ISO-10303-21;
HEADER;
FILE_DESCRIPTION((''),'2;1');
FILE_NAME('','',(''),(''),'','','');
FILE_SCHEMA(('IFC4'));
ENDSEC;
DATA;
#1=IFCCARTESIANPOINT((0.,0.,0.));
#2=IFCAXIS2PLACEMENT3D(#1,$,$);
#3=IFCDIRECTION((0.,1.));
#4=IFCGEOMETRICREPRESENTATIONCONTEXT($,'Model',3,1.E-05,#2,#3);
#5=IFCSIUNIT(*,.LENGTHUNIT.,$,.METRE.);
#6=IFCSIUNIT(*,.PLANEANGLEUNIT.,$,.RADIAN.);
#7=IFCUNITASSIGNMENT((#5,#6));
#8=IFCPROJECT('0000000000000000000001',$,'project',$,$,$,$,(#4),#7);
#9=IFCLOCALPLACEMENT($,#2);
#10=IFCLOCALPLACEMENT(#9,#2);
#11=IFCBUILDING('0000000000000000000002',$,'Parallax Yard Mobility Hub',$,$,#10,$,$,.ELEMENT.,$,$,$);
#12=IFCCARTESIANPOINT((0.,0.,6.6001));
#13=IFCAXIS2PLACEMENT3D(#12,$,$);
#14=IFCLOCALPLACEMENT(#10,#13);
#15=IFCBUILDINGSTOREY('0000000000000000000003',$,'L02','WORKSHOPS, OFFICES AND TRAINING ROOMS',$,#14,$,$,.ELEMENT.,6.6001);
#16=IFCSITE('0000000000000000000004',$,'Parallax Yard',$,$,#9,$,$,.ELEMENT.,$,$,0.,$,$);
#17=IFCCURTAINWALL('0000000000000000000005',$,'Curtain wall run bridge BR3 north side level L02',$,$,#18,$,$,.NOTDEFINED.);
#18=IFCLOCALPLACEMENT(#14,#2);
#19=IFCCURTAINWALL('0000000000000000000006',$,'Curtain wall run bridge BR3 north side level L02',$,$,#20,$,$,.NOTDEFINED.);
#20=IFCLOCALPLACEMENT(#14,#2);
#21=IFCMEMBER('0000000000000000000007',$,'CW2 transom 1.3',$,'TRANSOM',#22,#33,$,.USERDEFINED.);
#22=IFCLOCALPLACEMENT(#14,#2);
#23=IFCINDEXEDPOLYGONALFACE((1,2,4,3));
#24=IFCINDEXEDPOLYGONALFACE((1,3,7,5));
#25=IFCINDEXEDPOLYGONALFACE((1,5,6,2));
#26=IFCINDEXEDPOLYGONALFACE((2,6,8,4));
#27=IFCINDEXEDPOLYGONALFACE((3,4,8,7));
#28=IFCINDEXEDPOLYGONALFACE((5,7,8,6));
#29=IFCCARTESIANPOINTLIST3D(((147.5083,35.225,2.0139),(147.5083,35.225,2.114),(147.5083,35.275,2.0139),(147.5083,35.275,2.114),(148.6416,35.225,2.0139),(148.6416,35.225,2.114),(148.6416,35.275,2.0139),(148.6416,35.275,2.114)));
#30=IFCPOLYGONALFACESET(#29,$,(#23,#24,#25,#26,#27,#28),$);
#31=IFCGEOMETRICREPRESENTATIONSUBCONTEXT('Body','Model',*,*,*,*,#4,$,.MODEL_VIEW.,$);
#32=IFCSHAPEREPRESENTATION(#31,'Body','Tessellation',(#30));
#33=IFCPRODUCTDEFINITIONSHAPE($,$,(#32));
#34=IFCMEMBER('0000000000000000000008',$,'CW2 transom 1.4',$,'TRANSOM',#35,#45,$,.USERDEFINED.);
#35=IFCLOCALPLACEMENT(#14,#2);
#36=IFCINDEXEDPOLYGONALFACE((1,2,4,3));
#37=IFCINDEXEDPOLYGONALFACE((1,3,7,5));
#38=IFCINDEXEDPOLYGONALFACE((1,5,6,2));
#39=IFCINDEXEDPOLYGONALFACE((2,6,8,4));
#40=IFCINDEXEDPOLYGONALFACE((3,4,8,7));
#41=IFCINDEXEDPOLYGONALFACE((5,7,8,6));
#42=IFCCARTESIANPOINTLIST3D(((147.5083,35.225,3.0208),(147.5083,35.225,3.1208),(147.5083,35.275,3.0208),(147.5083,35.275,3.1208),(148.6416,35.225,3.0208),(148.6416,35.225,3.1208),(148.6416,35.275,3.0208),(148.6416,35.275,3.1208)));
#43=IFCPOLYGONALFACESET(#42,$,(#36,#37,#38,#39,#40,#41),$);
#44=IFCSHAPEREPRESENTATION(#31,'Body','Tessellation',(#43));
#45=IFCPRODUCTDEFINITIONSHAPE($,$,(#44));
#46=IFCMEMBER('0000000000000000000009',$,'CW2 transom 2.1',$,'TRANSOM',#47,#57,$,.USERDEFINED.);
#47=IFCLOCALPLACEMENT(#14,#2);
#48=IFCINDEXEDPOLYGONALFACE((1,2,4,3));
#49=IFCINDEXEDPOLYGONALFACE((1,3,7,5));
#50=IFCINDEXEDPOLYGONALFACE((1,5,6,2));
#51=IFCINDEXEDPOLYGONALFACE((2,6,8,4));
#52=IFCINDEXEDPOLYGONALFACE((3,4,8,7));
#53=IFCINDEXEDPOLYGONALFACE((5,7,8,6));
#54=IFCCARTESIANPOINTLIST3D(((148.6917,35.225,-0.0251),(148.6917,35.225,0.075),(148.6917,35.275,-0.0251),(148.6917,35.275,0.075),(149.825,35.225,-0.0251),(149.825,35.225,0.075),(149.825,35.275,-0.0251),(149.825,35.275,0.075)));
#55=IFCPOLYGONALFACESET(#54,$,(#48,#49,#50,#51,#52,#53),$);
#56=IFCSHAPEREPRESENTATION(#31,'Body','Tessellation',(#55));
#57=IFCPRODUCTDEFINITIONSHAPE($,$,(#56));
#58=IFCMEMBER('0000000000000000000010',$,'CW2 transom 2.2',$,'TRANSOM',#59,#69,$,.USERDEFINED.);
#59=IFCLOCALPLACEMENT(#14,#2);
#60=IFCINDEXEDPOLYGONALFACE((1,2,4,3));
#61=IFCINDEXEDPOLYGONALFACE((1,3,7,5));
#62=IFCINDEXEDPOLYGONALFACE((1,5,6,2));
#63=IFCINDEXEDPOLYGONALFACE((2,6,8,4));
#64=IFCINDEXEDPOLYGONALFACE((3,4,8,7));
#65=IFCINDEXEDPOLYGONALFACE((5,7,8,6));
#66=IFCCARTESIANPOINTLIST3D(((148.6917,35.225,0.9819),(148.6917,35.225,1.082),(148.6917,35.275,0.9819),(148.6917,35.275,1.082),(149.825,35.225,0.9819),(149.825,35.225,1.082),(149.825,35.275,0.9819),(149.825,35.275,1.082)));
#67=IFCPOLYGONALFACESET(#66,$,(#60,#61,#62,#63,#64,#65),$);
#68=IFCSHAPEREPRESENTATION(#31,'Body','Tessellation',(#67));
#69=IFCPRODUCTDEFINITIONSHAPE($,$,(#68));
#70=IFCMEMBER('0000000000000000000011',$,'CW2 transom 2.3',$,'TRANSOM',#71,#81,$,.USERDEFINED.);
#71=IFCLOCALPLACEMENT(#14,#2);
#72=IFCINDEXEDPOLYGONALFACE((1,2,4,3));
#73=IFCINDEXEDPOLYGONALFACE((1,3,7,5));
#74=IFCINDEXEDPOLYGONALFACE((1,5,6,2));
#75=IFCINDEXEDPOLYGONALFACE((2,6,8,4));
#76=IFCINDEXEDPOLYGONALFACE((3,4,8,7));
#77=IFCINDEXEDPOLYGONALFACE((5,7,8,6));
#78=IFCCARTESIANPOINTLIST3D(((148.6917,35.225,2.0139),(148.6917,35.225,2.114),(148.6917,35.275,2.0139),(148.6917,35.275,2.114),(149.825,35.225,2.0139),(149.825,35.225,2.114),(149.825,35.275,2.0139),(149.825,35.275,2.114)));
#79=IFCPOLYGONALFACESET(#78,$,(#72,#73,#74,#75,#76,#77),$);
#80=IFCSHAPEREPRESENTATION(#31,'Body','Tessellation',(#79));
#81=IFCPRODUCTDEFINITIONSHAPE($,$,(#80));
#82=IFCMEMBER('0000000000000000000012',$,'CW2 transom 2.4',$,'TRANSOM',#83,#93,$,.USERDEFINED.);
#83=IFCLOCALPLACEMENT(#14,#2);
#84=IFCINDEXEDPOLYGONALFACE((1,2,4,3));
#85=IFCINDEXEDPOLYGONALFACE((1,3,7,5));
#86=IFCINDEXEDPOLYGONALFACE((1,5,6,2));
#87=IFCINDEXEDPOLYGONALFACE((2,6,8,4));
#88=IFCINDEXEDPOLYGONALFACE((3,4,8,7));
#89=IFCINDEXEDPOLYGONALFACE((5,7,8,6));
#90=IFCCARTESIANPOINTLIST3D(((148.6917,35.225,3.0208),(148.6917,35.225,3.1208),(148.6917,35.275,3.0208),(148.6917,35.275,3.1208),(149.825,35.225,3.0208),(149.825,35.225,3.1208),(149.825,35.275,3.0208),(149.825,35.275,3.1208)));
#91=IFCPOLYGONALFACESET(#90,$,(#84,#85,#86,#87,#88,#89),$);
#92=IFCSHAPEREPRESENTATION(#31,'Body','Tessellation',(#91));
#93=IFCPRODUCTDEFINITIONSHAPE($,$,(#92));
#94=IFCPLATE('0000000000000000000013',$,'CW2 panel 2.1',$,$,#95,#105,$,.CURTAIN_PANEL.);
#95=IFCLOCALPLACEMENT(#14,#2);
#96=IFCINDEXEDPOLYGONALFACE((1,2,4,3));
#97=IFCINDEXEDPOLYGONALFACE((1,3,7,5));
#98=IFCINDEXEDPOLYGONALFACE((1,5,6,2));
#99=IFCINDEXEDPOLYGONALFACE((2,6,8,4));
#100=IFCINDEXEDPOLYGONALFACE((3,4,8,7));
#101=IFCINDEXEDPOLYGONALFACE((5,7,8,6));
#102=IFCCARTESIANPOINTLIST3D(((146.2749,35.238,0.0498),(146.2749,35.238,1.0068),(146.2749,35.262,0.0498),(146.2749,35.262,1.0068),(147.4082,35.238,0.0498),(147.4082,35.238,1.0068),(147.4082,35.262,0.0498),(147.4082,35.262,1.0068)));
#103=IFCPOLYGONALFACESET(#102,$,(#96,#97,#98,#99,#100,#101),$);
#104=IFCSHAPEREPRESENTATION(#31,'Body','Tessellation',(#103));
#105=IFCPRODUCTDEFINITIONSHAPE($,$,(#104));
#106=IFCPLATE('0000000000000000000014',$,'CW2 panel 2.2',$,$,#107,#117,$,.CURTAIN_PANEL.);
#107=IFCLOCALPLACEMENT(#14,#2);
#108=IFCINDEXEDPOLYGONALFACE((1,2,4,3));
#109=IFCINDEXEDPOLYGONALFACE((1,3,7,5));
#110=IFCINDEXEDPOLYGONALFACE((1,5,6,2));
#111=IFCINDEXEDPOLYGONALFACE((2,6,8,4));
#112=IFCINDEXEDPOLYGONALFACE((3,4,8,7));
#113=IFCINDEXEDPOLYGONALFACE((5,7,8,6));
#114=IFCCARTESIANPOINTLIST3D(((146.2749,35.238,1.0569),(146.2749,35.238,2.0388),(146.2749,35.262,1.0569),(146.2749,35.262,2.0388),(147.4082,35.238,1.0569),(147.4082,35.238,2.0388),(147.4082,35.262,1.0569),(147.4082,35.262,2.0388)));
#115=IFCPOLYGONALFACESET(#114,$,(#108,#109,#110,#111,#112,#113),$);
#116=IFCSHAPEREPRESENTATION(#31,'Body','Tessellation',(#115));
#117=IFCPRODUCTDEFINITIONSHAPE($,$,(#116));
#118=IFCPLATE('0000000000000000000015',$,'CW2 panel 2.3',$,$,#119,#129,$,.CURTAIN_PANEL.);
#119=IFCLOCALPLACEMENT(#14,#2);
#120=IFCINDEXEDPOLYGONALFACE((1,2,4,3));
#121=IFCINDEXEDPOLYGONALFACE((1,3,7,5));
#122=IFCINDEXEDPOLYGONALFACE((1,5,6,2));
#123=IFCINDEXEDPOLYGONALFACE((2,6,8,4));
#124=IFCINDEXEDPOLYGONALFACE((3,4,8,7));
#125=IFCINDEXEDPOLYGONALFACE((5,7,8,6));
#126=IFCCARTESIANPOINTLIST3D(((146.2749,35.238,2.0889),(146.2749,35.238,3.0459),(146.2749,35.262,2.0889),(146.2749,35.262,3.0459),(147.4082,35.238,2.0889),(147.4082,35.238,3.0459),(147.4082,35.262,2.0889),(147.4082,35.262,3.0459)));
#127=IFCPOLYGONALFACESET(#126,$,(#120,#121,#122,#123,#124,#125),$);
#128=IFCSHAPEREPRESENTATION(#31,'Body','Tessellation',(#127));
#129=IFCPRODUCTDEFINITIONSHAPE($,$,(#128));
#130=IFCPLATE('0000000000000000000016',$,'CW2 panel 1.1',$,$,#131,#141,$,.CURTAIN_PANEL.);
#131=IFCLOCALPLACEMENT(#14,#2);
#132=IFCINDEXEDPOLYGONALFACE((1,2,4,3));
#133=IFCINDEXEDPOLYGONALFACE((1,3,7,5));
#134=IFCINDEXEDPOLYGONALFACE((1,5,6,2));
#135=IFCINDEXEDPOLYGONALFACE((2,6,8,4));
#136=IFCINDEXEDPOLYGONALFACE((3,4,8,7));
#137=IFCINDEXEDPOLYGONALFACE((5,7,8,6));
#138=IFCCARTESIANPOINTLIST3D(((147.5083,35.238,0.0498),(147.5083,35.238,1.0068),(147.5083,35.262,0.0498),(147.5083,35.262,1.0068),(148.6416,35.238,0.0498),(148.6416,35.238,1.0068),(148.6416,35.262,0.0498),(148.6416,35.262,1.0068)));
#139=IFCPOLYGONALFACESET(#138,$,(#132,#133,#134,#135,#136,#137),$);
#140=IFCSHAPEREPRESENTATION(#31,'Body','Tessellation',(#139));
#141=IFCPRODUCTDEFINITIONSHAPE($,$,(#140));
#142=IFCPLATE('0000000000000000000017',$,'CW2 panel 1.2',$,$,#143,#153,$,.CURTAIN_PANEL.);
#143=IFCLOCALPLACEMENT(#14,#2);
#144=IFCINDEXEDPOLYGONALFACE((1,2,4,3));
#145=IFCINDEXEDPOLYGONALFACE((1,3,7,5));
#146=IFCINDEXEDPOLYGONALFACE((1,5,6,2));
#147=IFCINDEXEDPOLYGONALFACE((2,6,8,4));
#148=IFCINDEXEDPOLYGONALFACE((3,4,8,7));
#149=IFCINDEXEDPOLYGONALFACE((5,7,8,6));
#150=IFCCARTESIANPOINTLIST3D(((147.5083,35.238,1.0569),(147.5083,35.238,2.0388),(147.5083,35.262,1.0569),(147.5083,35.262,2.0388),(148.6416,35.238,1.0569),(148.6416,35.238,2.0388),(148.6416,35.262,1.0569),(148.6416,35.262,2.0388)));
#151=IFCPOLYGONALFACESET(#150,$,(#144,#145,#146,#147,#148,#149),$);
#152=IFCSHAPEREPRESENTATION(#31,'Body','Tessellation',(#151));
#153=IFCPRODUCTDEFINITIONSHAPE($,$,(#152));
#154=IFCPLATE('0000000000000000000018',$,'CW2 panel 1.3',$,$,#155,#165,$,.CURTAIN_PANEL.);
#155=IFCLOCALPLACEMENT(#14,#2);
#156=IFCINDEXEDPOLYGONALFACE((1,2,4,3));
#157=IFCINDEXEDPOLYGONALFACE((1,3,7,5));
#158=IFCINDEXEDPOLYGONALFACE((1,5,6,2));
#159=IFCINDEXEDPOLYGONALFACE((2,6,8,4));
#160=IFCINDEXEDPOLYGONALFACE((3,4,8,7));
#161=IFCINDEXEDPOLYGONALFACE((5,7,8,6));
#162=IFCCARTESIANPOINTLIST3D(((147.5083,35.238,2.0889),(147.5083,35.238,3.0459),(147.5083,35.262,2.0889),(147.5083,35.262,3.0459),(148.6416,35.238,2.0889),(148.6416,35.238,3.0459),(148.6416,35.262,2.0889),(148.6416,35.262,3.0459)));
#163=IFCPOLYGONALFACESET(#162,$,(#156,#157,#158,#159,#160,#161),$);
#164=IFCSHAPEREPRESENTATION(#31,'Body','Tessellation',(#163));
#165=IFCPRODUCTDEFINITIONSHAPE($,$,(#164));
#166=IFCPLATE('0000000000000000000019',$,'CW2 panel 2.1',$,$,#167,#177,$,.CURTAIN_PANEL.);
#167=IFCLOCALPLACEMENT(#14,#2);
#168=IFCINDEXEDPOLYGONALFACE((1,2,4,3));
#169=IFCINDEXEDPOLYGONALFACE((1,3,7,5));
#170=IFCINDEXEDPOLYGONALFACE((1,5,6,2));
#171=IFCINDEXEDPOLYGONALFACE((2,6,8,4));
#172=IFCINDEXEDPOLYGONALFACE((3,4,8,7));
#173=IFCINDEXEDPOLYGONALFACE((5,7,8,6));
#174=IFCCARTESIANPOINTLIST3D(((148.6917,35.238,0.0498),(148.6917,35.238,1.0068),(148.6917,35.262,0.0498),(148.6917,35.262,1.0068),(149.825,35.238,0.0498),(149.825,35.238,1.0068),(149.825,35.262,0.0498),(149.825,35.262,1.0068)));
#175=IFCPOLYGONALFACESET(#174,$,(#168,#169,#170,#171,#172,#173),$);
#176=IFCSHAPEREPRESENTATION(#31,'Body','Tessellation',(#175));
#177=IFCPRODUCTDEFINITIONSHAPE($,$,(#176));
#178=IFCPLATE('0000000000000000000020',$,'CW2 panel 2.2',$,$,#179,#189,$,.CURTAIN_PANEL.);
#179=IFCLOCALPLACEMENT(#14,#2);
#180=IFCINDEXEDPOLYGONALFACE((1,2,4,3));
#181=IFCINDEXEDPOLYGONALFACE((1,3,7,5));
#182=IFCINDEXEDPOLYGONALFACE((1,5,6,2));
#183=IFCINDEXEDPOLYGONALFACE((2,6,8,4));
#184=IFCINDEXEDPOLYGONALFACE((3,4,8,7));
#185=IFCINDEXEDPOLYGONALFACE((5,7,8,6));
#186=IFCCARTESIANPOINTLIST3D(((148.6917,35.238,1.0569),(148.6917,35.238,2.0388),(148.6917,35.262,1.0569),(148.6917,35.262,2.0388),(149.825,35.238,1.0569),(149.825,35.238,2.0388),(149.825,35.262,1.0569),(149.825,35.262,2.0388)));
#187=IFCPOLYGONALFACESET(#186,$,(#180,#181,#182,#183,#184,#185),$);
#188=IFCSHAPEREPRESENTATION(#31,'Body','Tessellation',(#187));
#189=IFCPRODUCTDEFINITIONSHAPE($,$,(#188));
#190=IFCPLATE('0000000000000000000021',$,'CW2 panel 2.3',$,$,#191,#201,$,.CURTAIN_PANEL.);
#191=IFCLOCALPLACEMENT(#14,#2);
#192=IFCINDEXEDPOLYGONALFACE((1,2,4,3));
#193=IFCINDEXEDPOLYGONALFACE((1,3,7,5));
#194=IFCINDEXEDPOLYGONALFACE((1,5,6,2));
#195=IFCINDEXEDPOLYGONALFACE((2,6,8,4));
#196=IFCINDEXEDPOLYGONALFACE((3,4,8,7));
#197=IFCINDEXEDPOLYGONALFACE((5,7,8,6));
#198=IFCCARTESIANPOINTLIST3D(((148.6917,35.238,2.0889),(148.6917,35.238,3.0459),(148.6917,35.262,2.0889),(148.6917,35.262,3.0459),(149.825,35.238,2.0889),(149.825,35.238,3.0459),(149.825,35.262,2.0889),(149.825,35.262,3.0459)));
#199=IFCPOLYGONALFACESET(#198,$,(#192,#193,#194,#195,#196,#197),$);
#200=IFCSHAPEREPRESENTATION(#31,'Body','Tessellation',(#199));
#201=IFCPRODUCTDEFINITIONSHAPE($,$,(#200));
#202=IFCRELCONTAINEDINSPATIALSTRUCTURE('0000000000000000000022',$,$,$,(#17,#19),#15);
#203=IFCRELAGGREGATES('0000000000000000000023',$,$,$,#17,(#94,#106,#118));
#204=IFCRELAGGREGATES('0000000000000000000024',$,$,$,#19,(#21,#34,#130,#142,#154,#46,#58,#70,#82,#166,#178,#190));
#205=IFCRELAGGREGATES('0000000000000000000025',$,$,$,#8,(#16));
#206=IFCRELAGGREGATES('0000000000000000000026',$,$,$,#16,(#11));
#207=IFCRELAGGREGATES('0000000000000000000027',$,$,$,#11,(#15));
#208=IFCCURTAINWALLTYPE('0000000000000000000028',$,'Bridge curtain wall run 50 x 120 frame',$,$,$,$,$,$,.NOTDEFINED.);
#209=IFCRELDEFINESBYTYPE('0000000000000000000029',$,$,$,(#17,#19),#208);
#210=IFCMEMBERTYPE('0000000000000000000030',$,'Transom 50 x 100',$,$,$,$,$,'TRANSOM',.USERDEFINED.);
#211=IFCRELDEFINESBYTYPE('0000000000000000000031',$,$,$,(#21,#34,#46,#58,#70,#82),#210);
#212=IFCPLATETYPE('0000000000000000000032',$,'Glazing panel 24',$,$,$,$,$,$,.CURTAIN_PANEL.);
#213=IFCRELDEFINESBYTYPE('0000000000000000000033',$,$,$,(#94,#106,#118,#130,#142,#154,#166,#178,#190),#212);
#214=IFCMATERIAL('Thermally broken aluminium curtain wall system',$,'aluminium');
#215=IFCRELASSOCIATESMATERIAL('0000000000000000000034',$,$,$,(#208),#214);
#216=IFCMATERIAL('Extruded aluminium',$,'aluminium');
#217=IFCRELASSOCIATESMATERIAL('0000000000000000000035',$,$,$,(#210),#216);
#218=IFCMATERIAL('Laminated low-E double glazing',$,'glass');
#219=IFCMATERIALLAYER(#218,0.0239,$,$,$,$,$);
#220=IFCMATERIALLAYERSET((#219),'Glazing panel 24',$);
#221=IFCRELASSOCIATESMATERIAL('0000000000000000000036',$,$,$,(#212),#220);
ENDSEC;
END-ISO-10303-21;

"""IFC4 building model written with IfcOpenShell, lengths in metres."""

from ifc_helpers import new_model, si_unit, direction, frame, origin, origin_2d, place, context, subcontext, project, spatial, rectangle, extrude, material, layer, layer_set, material_profile, profile_set, type_object, element, aggregate, save


model = new_model("IFC4")

# Units and contexts
model_context = context("Model", 3, precision=1e-05, world=origin(), true_north=direction((0.0, 1.0)))
body_context = subcontext(model_context, "Body", "Model", "MODEL_VIEW")
ifc_project = project(units=[si_unit("LENGTHUNIT", "METRE"), si_unit("PLANEANGLEUNIT", "RADIAN")], contexts=[model_context])

# Site, building, storey
site_placement = place(None, origin())
site = spatial("IfcSite", under=ifc_project, at=site_placement, Name="Parallax Yard", CompositionType="ELEMENT", RefElevation=0.0)
building_placement = place(site_placement, origin())
building = spatial("IfcBuilding", under=site, at=building_placement, Name="Parallax Yard Mobility Hub", CompositionType="ELEMENT")
storey_placement = place(building_placement, frame((0.0, 0.0, 6.6001)))
storey = spatial("IfcBuildingStorey", under=building, at=storey_placement, Name="L02", Description="WORKSHOPS, OFFICES AND TRAINING ROOMS", CompositionType="ELEMENT", Elevation=6.6001)

# Curtain walls
ifc_material_1 = material(Name="Thermally broken aluminium curtain wall system", Category="aluminium")
curtain_wall_type_1 = type_object("IfcCurtainWallType", Name="Bridge curtain wall run 50 x 120 frame", PredefinedType="NOTDEFINED", material=ifc_material_1)
curtain_wall_1_placement = place(storey_placement, origin())
curtain_wall_1 = element("IfcCurtainWall", 1, at=curtain_wall_1_placement, inside=storey, type_object=curtain_wall_type_1, Name="Curtain wall run bridge BR3 north side level L02", PredefinedType="NOTDEFINED")
ifc_material_2 = material(Name="Extruded aluminium", Category="aluminium")
curtain_wall_2_placement = place(storey_placement, origin())
curtain_wall_2 = element("IfcCurtainWall", 2, at=curtain_wall_2_placement, inside=storey, type_object=curtain_wall_type_1, Name="Curtain wall run bridge BR3 north side level L02", PredefinedType="NOTDEFINED")

# Members
ifc_material_profile_1 = material_profile(ifc_material_2, rectangle(XDim=0.05, YDim=0.1001, at=origin_2d()), Name="Transom 50 x 100")
ifc_profile_set_1 = profile_set([ifc_material_profile_1], Name="Extruded aluminium")
member_type_1 = type_object("IfcMemberType", Name="Transom 50 x 100", ElementType="TRANSOM", PredefinedType="USERDEFINED", material=ifc_profile_set_1)
member_1_placement = place(storey_placement, frame((147.5083, 35.25, 2.064), z_axis=(1.0, 0.0, 0.0), x_axis=(0.0, 1.0, 0.0)))
member_1 = element("IfcMember", 3, at=member_1_placement, type_object=member_type_1, Name="CW2 transom 1.3", ObjectType="TRANSOM", PredefinedType="USERDEFINED", context=body_context, shape_type="SweptSolid", body=[
    extrude(rectangle(XDim=0.05, YDim=0.1001, at=origin_2d()), origin(), (0.0, 0.0, 1.0), 1.1333),
])
member_2_placement = place(storey_placement, frame((147.5083, 35.25, 3.0708), z_axis=(1.0, 0.0, 0.0), x_axis=(0.0, 1.0, 0.0)))
member_2 = element("IfcMember", 4, at=member_2_placement, type_object=member_type_1, Name="CW2 transom 1.4", ObjectType="TRANSOM", PredefinedType="USERDEFINED", context=body_context, shape_type="SweptSolid", body=[
    extrude(rectangle(XDim=0.05, YDim=0.1001, at=origin_2d()), origin(), (0.0, 0.0, 1.0), 1.1333),
])
member_3_placement = place(storey_placement, frame((148.6917, 35.25, 0.0249), z_axis=(1.0, 0.0, 0.0), x_axis=(0.0, 1.0, 0.0)))
member_3 = element("IfcMember", 5, at=member_3_placement, type_object=member_type_1, Name="CW2 transom 2.1", ObjectType="TRANSOM", PredefinedType="USERDEFINED", context=body_context, shape_type="SweptSolid", body=[
    extrude(rectangle(XDim=0.05, YDim=0.1001, at=origin_2d()), origin(), (0.0, 0.0, 1.0), 1.1333),
])
member_4_placement = place(storey_placement, frame((148.6917, 35.25, 1.032), z_axis=(1.0, 0.0, 0.0), x_axis=(0.0, 1.0, 0.0)))
member_4 = element("IfcMember", 6, at=member_4_placement, type_object=member_type_1, Name="CW2 transom 2.2", ObjectType="TRANSOM", PredefinedType="USERDEFINED", context=body_context, shape_type="SweptSolid", body=[
    extrude(rectangle(XDim=0.05, YDim=0.1001, at=origin_2d()), origin(), (0.0, 0.0, 1.0), 1.1333),
])
member_5_placement = place(storey_placement, frame((148.6917, 35.25, 2.064), z_axis=(1.0, 0.0, 0.0), x_axis=(0.0, 1.0, 0.0)))
member_5 = element("IfcMember", 7, at=member_5_placement, type_object=member_type_1, Name="CW2 transom 2.3", ObjectType="TRANSOM", PredefinedType="USERDEFINED", context=body_context, shape_type="SweptSolid", body=[
    extrude(rectangle(XDim=0.05, YDim=0.1001, at=origin_2d()), origin(), (0.0, 0.0, 1.0), 1.1333),
])
member_6_placement = place(storey_placement, frame((148.6917, 35.25, 3.0708), z_axis=(1.0, 0.0, 0.0), x_axis=(0.0, 1.0, 0.0)))
member_6 = element("IfcMember", 8, at=member_6_placement, type_object=member_type_1, Name="CW2 transom 2.4", ObjectType="TRANSOM", PredefinedType="USERDEFINED", context=body_context, shape_type="SweptSolid", body=[
    extrude(rectangle(XDim=0.05, YDim=0.1001, at=origin_2d()), origin(), (0.0, 0.0, 1.0), 1.1333),
])

# Plates
ifc_material_3 = material(Name="Laminated low-E double glazing", Category="glass")
ifc_layer_1 = layer(ifc_material_3, 0.0239)
ifc_layer_set_1 = layer_set([ifc_layer_1], Name="Glazing panel 24")
plate_type = type_object("IfcPlateType", Name="Glazing panel 24", PredefinedType="CURTAIN_PANEL", material=ifc_layer_set_1)
plate_1_placement = place(storey_placement, frame((146.8416, 35.25, 0.0498), z_axis=(0.0, 0.0, 1.0), x_axis=(1.0, 0.0, 0.0)))
plate_1 = element("IfcPlate", 9, at=plate_1_placement, type_object=plate_type, Name="CW2 panel 2.1", PredefinedType="CURTAIN_PANEL", context=body_context, shape_type="SweptSolid", body=[
    extrude(rectangle(XDim=1.1333, YDim=0.0239, at=origin_2d()), origin(), (0.0, 0.0, 1.0), 0.957),
])
plate_2_placement = place(storey_placement, frame((146.8416, 35.25, 1.0569), z_axis=(0.0, 0.0, 1.0), x_axis=(1.0, 0.0, 0.0)))
plate_2 = element("IfcPlate", 10, at=plate_2_placement, type_object=plate_type, Name="CW2 panel 2.2", PredefinedType="CURTAIN_PANEL", context=body_context, shape_type="SweptSolid", body=[
    extrude(rectangle(XDim=1.1333, YDim=0.0239, at=origin_2d()), origin(), (0.0, 0.0, 1.0), 0.9819),
])
plate_3_placement = place(storey_placement, frame((146.8416, 35.25, 2.0889), z_axis=(0.0, 0.0, 1.0), x_axis=(1.0, 0.0, 0.0)))
plate_3 = element("IfcPlate", 11, at=plate_3_placement, type_object=plate_type, Name="CW2 panel 2.3", PredefinedType="CURTAIN_PANEL", context=body_context, shape_type="SweptSolid", body=[
    extrude(rectangle(XDim=1.1333, YDim=0.0239, at=origin_2d()), origin(), (0.0, 0.0, 1.0), 0.957),
])
aggregate(curtain_wall_1, [plate_1, plate_2, plate_3])
plate_4_placement = place(storey_placement, frame((148.075, 35.25, 0.0498), z_axis=(0.0, 0.0, 1.0), x_axis=(1.0, 0.0, 0.0)))
plate_4 = element("IfcPlate", 12, at=plate_4_placement, type_object=plate_type, Name="CW2 panel 1.1", PredefinedType="CURTAIN_PANEL", context=body_context, shape_type="SweptSolid", body=[
    extrude(rectangle(XDim=1.1333, YDim=0.0239, at=origin_2d()), origin(), (0.0, 0.0, 1.0), 0.957),
])
plate_5_placement = place(storey_placement, frame((148.075, 35.25, 1.0569), z_axis=(0.0, 0.0, 1.0), x_axis=(1.0, 0.0, 0.0)))
plate_5 = element("IfcPlate", 13, at=plate_5_placement, type_object=plate_type, Name="CW2 panel 1.2", PredefinedType="CURTAIN_PANEL", context=body_context, shape_type="SweptSolid", body=[
    extrude(rectangle(XDim=1.1333, YDim=0.0239, at=origin_2d()), origin(), (0.0, 0.0, 1.0), 0.9819),
])
plate_6_placement = place(storey_placement, frame((148.075, 35.25, 2.0889), z_axis=(0.0, 0.0, 1.0), x_axis=(1.0, 0.0, 0.0)))
plate_6 = element("IfcPlate", 14, at=plate_6_placement, type_object=plate_type, Name="CW2 panel 1.3", PredefinedType="CURTAIN_PANEL", context=body_context, shape_type="SweptSolid", body=[
    extrude(rectangle(XDim=1.1333, YDim=0.0239, at=origin_2d()), origin(), (0.0, 0.0, 1.0), 0.957),
])
plate_7_placement = place(storey_placement, frame((149.2583, 35.25, 0.0498), z_axis=(0.0, 0.0, 1.0), x_axis=(1.0, 0.0, 0.0)))
plate_7 = element("IfcPlate", 15, at=plate_7_placement, type_object=plate_type, Name="CW2 panel 2.1", PredefinedType="CURTAIN_PANEL", context=body_context, shape_type="SweptSolid", body=[
    extrude(rectangle(XDim=1.1333, YDim=0.0239, at=origin_2d()), origin(), (0.0, 0.0, 1.0), 0.957),
])
plate_8_placement = place(storey_placement, frame((149.2583, 35.25, 1.0569), z_axis=(0.0, 0.0, 1.0), x_axis=(1.0, 0.0, 0.0)))
plate_8 = element("IfcPlate", 16, at=plate_8_placement, type_object=plate_type, Name="CW2 panel 2.2", PredefinedType="CURTAIN_PANEL", context=body_context, shape_type="SweptSolid", body=[
    extrude(rectangle(XDim=1.1333, YDim=0.0239, at=origin_2d()), origin(), (0.0, 0.0, 1.0), 0.9819),
])
plate_9_placement = place(storey_placement, frame((149.2583, 35.25, 2.0889), z_axis=(0.0, 0.0, 1.0), x_axis=(1.0, 0.0, 0.0)))
plate_9 = element("IfcPlate", 17, at=plate_9_placement, type_object=plate_type, Name="CW2 panel 2.3", PredefinedType="CURTAIN_PANEL", context=body_context, shape_type="SweptSolid", body=[
    extrude(rectangle(XDim=1.1333, YDim=0.0239, at=origin_2d()), origin(), (0.0, 0.0, 1.0), 0.957),
])
aggregate(curtain_wall_2, [member_1, member_2, plate_4, plate_5, plate_6, member_3, member_4, member_5, member_6, plate_7, plate_8, plate_9])

save(model, "model.ifc")
